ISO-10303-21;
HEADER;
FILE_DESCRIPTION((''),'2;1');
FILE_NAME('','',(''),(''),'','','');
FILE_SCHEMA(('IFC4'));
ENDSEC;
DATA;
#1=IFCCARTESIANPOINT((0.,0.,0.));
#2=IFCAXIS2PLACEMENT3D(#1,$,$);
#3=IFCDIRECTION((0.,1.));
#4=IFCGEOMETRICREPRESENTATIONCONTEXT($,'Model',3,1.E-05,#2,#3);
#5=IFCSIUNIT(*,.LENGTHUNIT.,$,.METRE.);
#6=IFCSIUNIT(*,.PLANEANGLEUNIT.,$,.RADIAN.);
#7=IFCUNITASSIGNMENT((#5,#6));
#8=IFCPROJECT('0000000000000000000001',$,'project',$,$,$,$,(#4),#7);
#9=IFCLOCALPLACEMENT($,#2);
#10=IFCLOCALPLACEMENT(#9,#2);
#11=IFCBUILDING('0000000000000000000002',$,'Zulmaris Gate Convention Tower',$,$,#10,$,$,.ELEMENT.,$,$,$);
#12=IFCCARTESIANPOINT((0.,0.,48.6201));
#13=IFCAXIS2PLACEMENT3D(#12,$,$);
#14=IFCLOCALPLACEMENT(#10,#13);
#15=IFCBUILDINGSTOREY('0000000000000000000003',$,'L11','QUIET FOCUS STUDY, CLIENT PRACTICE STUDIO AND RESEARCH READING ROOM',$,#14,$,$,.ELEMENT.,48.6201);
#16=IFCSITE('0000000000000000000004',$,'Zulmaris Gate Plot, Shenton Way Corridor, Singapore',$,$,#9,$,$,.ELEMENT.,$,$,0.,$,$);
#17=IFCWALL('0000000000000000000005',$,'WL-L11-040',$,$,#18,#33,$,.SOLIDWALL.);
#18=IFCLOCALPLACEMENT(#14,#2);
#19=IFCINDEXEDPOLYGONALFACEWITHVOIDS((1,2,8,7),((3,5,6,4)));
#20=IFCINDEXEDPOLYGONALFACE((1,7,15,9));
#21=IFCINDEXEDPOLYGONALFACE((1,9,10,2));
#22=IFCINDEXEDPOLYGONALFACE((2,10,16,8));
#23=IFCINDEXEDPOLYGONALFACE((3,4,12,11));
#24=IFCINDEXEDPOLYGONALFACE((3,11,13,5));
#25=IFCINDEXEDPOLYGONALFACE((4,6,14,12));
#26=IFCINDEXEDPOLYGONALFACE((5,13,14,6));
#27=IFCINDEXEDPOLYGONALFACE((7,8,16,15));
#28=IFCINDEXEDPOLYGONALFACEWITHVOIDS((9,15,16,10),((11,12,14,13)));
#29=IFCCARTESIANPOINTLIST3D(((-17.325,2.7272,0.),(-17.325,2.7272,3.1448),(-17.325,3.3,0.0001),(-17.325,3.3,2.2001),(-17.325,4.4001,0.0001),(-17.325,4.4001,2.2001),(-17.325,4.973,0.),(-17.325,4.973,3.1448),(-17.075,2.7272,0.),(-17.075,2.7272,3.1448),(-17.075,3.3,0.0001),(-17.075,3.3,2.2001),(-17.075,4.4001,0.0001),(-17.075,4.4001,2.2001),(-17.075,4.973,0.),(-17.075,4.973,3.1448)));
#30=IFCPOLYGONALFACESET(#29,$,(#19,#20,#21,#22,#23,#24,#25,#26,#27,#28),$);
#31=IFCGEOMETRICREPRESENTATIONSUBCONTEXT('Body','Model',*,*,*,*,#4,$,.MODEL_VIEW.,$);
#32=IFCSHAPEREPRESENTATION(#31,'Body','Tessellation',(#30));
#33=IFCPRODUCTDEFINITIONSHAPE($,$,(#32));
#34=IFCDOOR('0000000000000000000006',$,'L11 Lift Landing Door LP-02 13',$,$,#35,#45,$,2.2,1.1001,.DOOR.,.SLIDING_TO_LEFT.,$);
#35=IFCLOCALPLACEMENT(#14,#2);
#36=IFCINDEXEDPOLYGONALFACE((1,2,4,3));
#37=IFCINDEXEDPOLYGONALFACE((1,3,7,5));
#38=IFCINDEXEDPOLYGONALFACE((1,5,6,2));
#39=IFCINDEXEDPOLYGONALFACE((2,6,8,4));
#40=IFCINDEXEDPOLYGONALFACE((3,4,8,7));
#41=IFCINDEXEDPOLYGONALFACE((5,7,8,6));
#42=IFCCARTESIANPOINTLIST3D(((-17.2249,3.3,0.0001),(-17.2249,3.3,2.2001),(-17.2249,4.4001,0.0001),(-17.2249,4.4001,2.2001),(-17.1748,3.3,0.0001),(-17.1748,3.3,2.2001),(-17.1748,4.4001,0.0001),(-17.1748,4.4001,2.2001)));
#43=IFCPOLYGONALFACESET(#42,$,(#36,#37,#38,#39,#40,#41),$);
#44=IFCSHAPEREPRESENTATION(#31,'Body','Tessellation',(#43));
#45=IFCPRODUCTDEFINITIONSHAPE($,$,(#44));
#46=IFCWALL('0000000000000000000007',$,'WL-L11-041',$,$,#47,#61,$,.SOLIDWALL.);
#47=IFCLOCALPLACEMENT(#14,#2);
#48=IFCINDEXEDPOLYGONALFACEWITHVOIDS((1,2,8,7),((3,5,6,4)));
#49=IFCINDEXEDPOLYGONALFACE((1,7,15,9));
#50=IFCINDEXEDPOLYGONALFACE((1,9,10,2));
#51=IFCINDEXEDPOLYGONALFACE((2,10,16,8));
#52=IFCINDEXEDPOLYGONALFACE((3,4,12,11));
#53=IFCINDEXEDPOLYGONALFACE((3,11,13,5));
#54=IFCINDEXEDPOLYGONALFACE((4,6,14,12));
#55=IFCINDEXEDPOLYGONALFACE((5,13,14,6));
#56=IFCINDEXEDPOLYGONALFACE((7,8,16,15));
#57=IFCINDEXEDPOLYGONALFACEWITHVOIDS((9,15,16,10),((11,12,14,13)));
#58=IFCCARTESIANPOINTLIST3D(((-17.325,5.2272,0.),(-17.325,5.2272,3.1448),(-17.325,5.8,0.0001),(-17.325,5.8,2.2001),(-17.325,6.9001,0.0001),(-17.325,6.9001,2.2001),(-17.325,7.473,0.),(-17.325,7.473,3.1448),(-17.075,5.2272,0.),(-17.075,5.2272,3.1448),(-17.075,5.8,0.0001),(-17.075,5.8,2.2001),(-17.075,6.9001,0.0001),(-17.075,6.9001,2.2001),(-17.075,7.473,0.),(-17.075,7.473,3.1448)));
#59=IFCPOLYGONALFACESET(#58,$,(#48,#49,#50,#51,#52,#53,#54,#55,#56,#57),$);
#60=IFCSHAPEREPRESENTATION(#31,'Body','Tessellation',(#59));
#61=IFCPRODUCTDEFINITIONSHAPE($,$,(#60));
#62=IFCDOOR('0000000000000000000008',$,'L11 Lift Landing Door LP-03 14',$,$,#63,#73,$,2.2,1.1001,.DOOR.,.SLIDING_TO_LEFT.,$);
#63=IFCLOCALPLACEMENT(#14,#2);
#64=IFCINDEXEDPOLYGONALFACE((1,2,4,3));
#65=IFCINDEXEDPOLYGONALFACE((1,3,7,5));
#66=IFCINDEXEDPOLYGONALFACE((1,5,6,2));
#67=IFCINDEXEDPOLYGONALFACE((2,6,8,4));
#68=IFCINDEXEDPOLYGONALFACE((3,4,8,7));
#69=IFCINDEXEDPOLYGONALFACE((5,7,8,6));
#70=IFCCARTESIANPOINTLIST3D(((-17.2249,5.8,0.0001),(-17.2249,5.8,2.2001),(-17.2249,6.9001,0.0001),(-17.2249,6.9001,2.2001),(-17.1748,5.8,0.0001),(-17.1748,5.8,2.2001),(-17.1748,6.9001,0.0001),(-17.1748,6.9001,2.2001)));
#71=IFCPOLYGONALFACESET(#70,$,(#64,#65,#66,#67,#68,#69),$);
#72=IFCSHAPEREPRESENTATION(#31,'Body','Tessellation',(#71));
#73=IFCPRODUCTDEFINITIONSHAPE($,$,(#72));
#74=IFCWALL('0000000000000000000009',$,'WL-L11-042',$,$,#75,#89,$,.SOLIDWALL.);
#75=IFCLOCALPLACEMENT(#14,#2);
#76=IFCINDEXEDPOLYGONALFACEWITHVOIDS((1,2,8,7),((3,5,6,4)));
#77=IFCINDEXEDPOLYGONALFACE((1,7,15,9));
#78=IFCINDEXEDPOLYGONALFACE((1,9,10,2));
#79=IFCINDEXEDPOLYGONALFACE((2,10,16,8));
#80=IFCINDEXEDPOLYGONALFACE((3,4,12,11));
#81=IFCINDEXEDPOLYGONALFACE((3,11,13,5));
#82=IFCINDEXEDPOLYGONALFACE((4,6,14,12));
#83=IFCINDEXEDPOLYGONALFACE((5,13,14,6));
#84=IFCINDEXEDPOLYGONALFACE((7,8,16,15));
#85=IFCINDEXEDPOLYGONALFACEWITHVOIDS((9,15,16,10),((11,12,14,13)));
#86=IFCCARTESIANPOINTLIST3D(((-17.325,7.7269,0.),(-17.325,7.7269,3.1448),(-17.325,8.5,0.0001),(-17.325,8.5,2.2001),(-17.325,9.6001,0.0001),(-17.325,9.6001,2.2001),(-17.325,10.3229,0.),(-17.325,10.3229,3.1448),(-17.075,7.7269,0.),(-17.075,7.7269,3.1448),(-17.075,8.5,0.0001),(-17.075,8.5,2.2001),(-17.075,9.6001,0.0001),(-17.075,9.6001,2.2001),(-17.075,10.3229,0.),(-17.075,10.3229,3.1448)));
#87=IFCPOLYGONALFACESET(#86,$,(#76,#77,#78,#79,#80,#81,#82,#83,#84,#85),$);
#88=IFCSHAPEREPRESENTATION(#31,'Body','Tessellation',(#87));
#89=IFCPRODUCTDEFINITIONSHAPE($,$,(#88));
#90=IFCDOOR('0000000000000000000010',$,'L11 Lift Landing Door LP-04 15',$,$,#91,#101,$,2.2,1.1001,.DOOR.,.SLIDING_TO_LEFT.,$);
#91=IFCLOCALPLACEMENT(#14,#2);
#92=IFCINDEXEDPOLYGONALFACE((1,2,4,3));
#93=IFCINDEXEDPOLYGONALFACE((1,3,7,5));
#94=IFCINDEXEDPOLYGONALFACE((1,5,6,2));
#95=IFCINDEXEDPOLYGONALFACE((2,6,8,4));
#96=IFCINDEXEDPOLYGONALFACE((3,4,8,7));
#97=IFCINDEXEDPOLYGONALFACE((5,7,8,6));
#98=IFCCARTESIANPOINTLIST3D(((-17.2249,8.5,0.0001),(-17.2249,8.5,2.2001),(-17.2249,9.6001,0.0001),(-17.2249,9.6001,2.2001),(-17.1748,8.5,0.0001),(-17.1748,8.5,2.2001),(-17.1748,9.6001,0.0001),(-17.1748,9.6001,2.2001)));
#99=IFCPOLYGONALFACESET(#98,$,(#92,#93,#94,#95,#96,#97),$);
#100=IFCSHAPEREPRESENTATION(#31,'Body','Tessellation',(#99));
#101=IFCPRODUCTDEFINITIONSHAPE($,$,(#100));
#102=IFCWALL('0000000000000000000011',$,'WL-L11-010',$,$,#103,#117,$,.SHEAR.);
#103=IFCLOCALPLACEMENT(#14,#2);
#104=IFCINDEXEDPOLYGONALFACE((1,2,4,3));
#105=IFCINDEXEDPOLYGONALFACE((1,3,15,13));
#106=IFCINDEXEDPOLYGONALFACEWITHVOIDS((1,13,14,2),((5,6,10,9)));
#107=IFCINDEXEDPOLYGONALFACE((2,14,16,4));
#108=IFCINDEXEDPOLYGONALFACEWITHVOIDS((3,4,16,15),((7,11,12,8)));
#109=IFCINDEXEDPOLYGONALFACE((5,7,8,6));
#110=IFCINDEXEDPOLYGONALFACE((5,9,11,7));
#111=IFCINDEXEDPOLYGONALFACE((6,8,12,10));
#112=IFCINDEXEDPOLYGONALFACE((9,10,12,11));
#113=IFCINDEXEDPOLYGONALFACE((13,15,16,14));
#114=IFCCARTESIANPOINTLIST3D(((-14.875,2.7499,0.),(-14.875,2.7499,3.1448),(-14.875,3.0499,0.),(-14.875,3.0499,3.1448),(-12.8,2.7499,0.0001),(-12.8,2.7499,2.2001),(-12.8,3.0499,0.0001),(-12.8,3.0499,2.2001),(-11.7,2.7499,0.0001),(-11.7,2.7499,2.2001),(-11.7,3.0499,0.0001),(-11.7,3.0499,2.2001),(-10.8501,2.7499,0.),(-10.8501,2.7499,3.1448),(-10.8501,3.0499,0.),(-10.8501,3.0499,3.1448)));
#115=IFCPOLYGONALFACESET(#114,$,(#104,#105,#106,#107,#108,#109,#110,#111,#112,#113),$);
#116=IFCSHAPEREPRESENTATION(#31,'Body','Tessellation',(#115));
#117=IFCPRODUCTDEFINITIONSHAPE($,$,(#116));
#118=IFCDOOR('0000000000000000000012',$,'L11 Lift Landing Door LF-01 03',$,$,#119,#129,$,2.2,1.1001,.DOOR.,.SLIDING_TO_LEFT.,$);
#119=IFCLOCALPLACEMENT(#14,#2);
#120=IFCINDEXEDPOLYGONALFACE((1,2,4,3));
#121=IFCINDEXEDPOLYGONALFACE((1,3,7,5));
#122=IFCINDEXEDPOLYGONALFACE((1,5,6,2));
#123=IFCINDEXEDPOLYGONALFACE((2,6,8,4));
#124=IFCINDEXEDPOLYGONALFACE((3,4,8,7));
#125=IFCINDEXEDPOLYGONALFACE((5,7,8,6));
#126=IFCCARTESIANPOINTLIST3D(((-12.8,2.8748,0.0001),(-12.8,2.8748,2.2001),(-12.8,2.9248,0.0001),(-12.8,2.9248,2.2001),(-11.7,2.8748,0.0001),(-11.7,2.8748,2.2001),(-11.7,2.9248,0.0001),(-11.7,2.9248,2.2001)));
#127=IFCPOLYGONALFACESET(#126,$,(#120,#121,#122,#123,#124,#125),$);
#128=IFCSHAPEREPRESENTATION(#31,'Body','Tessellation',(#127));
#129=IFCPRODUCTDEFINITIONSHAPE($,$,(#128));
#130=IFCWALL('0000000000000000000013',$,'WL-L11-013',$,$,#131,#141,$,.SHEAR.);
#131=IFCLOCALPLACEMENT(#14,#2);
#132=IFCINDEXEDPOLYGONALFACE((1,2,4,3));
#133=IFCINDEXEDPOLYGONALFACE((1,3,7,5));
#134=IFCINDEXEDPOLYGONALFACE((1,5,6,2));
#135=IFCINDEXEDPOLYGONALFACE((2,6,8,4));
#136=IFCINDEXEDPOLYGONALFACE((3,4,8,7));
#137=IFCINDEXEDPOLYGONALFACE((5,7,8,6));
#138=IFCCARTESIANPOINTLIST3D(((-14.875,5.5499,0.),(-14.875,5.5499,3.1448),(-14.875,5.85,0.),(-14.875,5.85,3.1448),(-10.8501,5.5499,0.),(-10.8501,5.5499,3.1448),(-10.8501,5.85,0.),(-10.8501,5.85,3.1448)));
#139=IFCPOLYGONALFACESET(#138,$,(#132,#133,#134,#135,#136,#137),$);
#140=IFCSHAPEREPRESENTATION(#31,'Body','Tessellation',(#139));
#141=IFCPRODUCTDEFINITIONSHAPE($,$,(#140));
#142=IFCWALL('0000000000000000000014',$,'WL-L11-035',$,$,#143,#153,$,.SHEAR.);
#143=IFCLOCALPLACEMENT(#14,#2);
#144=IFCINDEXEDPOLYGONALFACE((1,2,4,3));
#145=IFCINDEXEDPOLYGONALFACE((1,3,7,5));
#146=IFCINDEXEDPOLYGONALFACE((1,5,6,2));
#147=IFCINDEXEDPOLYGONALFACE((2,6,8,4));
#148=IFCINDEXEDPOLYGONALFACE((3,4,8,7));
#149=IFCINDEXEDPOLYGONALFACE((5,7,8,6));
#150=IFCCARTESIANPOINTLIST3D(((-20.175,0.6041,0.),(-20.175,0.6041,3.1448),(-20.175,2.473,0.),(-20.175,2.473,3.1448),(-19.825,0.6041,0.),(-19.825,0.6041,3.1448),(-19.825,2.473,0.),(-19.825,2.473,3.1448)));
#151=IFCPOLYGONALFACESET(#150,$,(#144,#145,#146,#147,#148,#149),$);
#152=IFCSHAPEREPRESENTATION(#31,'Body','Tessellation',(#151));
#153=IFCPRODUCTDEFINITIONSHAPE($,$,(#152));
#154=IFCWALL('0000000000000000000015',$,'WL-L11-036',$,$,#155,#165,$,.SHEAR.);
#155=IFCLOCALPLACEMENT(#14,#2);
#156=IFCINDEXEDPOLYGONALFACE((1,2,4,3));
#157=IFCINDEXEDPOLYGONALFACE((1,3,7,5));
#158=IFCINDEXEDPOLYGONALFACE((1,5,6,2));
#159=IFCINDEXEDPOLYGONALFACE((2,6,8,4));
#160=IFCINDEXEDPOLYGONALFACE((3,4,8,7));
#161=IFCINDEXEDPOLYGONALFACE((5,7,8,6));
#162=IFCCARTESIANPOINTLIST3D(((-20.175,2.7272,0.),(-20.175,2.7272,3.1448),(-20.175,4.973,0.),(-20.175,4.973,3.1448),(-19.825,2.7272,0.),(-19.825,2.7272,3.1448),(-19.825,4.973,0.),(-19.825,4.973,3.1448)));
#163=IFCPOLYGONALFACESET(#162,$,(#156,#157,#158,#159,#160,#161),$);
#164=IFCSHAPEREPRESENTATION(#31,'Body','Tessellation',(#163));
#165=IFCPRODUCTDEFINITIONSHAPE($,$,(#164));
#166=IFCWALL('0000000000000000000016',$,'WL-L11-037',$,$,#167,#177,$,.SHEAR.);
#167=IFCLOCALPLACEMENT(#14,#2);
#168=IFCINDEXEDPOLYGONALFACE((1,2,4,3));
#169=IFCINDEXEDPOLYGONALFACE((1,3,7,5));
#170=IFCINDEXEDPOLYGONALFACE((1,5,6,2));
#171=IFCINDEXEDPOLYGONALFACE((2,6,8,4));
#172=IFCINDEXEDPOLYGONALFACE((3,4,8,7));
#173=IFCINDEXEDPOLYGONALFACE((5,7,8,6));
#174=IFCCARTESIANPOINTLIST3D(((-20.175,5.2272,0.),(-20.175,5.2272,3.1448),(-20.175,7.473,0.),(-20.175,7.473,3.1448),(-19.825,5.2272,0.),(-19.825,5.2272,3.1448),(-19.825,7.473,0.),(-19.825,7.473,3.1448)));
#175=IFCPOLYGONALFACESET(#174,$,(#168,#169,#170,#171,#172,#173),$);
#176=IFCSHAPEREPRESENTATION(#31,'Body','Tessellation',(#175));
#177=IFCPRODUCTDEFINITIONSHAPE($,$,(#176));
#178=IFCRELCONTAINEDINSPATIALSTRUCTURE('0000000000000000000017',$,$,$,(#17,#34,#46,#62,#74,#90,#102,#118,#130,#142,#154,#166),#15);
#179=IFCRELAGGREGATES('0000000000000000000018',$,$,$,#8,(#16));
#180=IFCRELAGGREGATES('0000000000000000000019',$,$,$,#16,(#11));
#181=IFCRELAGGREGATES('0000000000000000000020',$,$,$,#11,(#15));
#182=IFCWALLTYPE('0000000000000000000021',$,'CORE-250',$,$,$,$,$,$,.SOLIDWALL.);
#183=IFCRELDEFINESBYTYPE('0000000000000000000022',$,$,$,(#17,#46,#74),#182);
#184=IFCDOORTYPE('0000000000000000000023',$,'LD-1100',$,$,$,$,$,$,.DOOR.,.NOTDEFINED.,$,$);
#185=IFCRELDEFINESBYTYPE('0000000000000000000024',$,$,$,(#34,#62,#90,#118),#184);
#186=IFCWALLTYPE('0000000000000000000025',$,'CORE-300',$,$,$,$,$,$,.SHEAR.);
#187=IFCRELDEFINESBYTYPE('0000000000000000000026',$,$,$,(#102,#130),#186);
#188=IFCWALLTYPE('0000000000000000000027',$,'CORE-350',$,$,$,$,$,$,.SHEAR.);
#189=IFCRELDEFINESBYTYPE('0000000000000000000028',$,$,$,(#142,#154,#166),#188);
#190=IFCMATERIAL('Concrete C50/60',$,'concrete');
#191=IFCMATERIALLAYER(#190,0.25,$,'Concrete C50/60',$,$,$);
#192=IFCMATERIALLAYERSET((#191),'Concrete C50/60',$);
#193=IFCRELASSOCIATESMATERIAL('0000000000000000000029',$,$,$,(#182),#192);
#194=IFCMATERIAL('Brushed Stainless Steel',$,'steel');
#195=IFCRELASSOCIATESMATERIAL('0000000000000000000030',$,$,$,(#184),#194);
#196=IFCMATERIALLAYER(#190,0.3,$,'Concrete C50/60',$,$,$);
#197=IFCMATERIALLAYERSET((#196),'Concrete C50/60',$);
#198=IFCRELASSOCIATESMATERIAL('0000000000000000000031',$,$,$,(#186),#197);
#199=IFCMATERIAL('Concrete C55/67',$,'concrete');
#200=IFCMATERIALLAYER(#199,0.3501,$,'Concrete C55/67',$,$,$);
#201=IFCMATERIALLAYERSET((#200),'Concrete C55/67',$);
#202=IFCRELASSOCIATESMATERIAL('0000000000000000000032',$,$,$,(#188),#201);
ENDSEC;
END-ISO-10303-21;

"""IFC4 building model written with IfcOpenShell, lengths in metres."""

from ifc_helpers import new_model, si_unit, direction, frame, frame_2d, origin, place, context, subcontext, project, spatial, rectangle, extrude, material, layer, layer_set, type_object, element, fill, save


model = new_model("IFC4")

# Units and contexts
model_context = context("Model", 3, precision=1e-05, world=origin(), true_north=direction((0.0, 1.0)))
body_context = subcontext(model_context, "Body", "Model", "MODEL_VIEW")
ifc_project = project(units=[si_unit("LENGTHUNIT", "METRE"), si_unit("PLANEANGLEUNIT", "RADIAN")], contexts=[model_context])

# Site, building, storey
site_placement = place(None, origin())
site = spatial("IfcSite", under=ifc_project, at=site_placement, Name="Zulmaris Gate Plot, Shenton Way Corridor, Singapore", CompositionType="ELEMENT", RefElevation=0.0)
building_placement = place(site_placement, origin())
building = spatial("IfcBuilding", under=site, at=building_placement, Name="Zulmaris Gate Convention Tower", CompositionType="ELEMENT")
storey_placement = place(building_placement, frame((0.0, 0.0, 48.6201)))
storey = spatial("IfcBuildingStorey", under=building, at=storey_placement, Name="L11", Description="QUIET FOCUS STUDY, CLIENT PRACTICE STUDIO AND RESEARCH READING ROOM", CompositionType="ELEMENT", Elevation=48.6201)

# Shared definitions
ifc_material_1 = material(Name="Concrete C50/60", Category="concrete")
ifc_layer_1 = layer(ifc_material_1, 0.25, Name="Concrete C50/60")
ifc_layer_set_1 = layer_set([ifc_layer_1], Name="Concrete C50/60")
wall_type_1 = type_object("IfcWallType", Name="CORE-250", PredefinedType="SOLIDWALL", material=ifc_layer_set_1)

# Walls, openings, doors
wall_1_placement = place(storey_placement, frame((-17.2, 2.7271, 0.0), z_axis=(0.0, 0.0, 1.0), x_axis=(0.0, 1.0, 0.0)))
wall_1 = element("IfcWall", 1, at=wall_1_placement, inside=storey, type_object=wall_type_1, Name="WL-L11-040", PredefinedType="SOLIDWALL", context=body_context, shape_type="SweptSolid", body=[
    extrude(rectangle(XDim=2.2458, YDim=0.25, at=frame_2d((1.123, 0.0))), origin(), (0.0, 0.0, 1.0), 3.1448),
])
opening_1_placement = place(wall_1_placement, frame((0.573, 0.0, 0.0)))
opening_1 = element("IfcOpeningElement", 2, at=opening_1_placement, cuts=wall_1, PredefinedType="OPENING", context=body_context, shape_type="SweptSolid", body=[
    extrude(rectangle(XDim=1.1001, YDim=2.2, at=frame_2d((0.55, 1.1001))), frame((0.0, 0.135, 0.0), z_axis=(0.0, -1.0, 0.0), x_axis=(1.0, 0.0, 0.0)), (0.0, 0.0, 1.0), 0.27),
])
ifc_material_2 = material(Name="Brushed Stainless Steel", Category="steel")
door_type = type_object("IfcDoorType", Name="LD-1100", OperationType="NOTDEFINED", PredefinedType="DOOR", material=ifc_material_2)
door_1_placement = place(opening_1_placement, origin())
door_1 = element("IfcDoor", 3, at=door_1_placement, inside=storey, type_object=door_type, Name="L11 Lift Landing Door LP-02 13", OperationType="SLIDING_TO_LEFT", OverallHeight=2.2, OverallWidth=1.1001, PredefinedType="DOOR", context=body_context, shape_type="SweptSolid", body=[
    extrude(rectangle(XDim=1.1001, YDim=2.2, at=frame_2d((0.55, 1.1001))), frame((0.0, 0.0249, 0.0), z_axis=(0.0, -1.0, 0.0), x_axis=(1.0, 0.0, 0.0)), (0.0, 0.0, 1.0), 0.05),
])
fill(opening_1, door_1)
wall_2_placement = place(storey_placement, frame((-17.2, 5.2271, 0.0), z_axis=(0.0, 0.0, 1.0), x_axis=(0.0, 1.0, 0.0)))
wall_2 = element("IfcWall", 4, at=wall_2_placement, inside=storey, type_object=wall_type_1, Name="WL-L11-041", PredefinedType="SOLIDWALL", context=body_context, shape_type="SweptSolid", body=[
    extrude(rectangle(XDim=2.2458, YDim=0.25, at=frame_2d((1.123, 0.0))), origin(), (0.0, 0.0, 1.0), 3.1448),
])
opening_2_placement = place(wall_2_placement, frame((0.573, 0.0, 0.0)))
opening_2 = element("IfcOpeningElement", 5, at=opening_2_placement, cuts=wall_2, PredefinedType="OPENING", context=body_context, shape_type="SweptSolid", body=[
    extrude(rectangle(XDim=1.1001, YDim=2.2, at=frame_2d((0.55, 1.1001))), frame((0.0, 0.135, 0.0), z_axis=(0.0, -1.0, 0.0), x_axis=(1.0, 0.0, 0.0)), (0.0, 0.0, 1.0), 0.27),
])
door_2_placement = place(opening_2_placement, origin())
door_2 = element("IfcDoor", 6, at=door_2_placement, inside=storey, type_object=door_type, Name="L11 Lift Landing Door LP-03 14", OperationType="SLIDING_TO_LEFT", OverallHeight=2.2, OverallWidth=1.1001, PredefinedType="DOOR", context=body_context, shape_type="SweptSolid", body=[
    extrude(rectangle(XDim=1.1001, YDim=2.2, at=frame_2d((0.55, 1.1001))), frame((0.0, 0.0249, 0.0), z_axis=(0.0, -1.0, 0.0), x_axis=(1.0, 0.0, 0.0)), (0.0, 0.0, 1.0), 0.05),
])
fill(opening_2, door_2)
wall_3_placement = place(storey_placement, frame((-17.2, 7.7271, 0.0), z_axis=(0.0, 0.0, 1.0), x_axis=(0.0, 1.0, 0.0)))
wall_3 = element("IfcWall", 7, at=wall_3_placement, inside=storey, type_object=wall_type_1, Name="WL-L11-042", PredefinedType="SOLIDWALL", context=body_context, shape_type="SweptSolid", body=[
    extrude(rectangle(XDim=2.5959, YDim=0.25, at=frame_2d((1.2979, 0.0))), origin(), (0.0, 0.0, 1.0), 3.1448),
])
opening_3_placement = place(wall_3_placement, frame((0.7729, 0.0, 0.0)))
opening_3 = element("IfcOpeningElement", 8, at=opening_3_placement, cuts=wall_3, PredefinedType="OPENING", context=body_context, shape_type="SweptSolid", body=[
    extrude(rectangle(XDim=1.1001, YDim=2.2, at=frame_2d((0.55, 1.1001))), frame((0.0, 0.135, 0.0), z_axis=(0.0, -1.0, 0.0), x_axis=(1.0, 0.0, 0.0)), (0.0, 0.0, 1.0), 0.27),
])
door_3_placement = place(opening_3_placement, origin())
door_3 = element("IfcDoor", 9, at=door_3_placement, inside=storey, type_object=door_type, Name="L11 Lift Landing Door LP-04 15", OperationType="SLIDING_TO_LEFT", OverallHeight=2.2, OverallWidth=1.1001, PredefinedType="DOOR", context=body_context, shape_type="SweptSolid", body=[
    extrude(rectangle(XDim=1.1001, YDim=2.2, at=frame_2d((0.55, 1.1001))), frame((0.0, 0.0249, 0.0), z_axis=(0.0, -1.0, 0.0), x_axis=(1.0, 0.0, 0.0)), (0.0, 0.0, 1.0), 0.05),
])
fill(opening_3, door_3)
ifc_layer_2 = layer(ifc_material_1, 0.3, Name="Concrete C50/60")
ifc_layer_set_2 = layer_set([ifc_layer_2], Name="Concrete C50/60")
wall_type_2 = type_object("IfcWallType", Name="CORE-300", PredefinedType="SHEAR", material=ifc_layer_set_2)
wall_4_placement = place(storey_placement, frame((-14.875, 2.8999, 0.0), z_axis=(0.0, 0.0, 1.0), x_axis=(1.0, 0.0, 0.0)))
wall_4 = element("IfcWall", 10, at=wall_4_placement, inside=storey, type_object=wall_type_2, Name="WL-L11-010", PredefinedType="SHEAR", context=body_context, shape_type="SweptSolid", body=[
    extrude(rectangle(XDim=4.0249, YDim=0.3, at=frame_2d((2.0125, 0.0))), origin(), (0.0, 0.0, 1.0), 3.1448),
])
opening_4_placement = place(wall_4_placement, frame((2.075, 0.0, 0.0)))
opening_4 = element("IfcOpeningElement", 11, at=opening_4_placement, cuts=wall_4, PredefinedType="OPENING", context=body_context, shape_type="SweptSolid", body=[
    extrude(rectangle(XDim=1.1001, YDim=2.2, at=frame_2d((0.55, 1.1001))), frame((0.0, 0.1602, 0.0), z_axis=(0.0, -1.0, 0.0), x_axis=(1.0, 0.0, 0.0)), (0.0, 0.0, 1.0), 0.3201),
])
door_4_placement = place(opening_4_placement, origin())
door_4 = element("IfcDoor", 12, at=door_4_placement, inside=storey, type_object=door_type, Name="L11 Lift Landing Door LF-01 03", OperationType="SLIDING_TO_LEFT", OverallHeight=2.2, OverallWidth=1.1001, PredefinedType="DOOR", context=body_context, shape_type="SweptSolid", body=[
    extrude(rectangle(XDim=1.1001, YDim=2.2, at=frame_2d((0.55, 1.1001))), frame((0.0, 0.0249, 0.0), z_axis=(0.0, -1.0, 0.0), x_axis=(1.0, 0.0, 0.0)), (0.0, 0.0, 1.0), 0.05),
])
fill(opening_4, door_4)

# Walls
wall_5_placement = place(storey_placement, frame((-14.875, 5.7, 0.0), z_axis=(0.0, 0.0, 1.0), x_axis=(1.0, 0.0, 0.0)))
element("IfcWall", 13, at=wall_5_placement, inside=storey, type_object=wall_type_2, Name="WL-L11-013", PredefinedType="SHEAR", context=body_context, shape_type="SweptSolid", body=[
    extrude(rectangle(XDim=4.0249, YDim=0.3, at=frame_2d((2.0125, 0.0))), origin(), (0.0, 0.0, 1.0), 3.1448),
])
ifc_material_3 = material(Name="Concrete C55/67", Category="concrete")
ifc_layer_3 = layer(ifc_material_3, 0.3501, Name="Concrete C55/67")
ifc_layer_set_3 = layer_set([ifc_layer_3], Name="Concrete C55/67")
wall_type_3 = type_object("IfcWallType", Name="CORE-350", PredefinedType="SHEAR", material=ifc_layer_set_3)
wall_6_placement = place(storey_placement, frame((-20.0, 0.604, 0.0), z_axis=(0.0, 0.0, 1.0), x_axis=(0.0, 1.0, 0.0)))
element("IfcWall", 14, at=wall_6_placement, inside=storey, type_object=wall_type_3, Name="WL-L11-035", PredefinedType="SHEAR", context=body_context, shape_type="SweptSolid", body=[
    extrude(rectangle(XDim=1.8689, YDim=0.3501, at=frame_2d((0.9346, 0.0))), origin(), (0.0, 0.0, 1.0), 3.1448),
])
for number, where, z_axis, x_axis, name in (
    (15, (-20.0, 2.7271, 0.0), (0.0, 0.0, 1.0), (0.0, 1.0, 0.0), "WL-L11-036"),
    (16, (-20.0, 5.2271, 0.0), (0.0, 0.0, 1.0), (0.0, 1.0, 0.0), "WL-L11-037"),
):
    element("IfcWall", number, at=place(storey_placement, frame(where, z_axis=z_axis, x_axis=x_axis)), inside=storey, type_object=wall_type_3, Name=name, PredefinedType="SHEAR", context=body_context, shape_type="SweptSolid", body=[
        extrude(rectangle(XDim=2.2458, YDim=0.3501, at=frame_2d((1.123, 0.0))), origin(), (0.0, 0.0, 1.0), 3.1448),
    ])

save(model, "model.ifc")
